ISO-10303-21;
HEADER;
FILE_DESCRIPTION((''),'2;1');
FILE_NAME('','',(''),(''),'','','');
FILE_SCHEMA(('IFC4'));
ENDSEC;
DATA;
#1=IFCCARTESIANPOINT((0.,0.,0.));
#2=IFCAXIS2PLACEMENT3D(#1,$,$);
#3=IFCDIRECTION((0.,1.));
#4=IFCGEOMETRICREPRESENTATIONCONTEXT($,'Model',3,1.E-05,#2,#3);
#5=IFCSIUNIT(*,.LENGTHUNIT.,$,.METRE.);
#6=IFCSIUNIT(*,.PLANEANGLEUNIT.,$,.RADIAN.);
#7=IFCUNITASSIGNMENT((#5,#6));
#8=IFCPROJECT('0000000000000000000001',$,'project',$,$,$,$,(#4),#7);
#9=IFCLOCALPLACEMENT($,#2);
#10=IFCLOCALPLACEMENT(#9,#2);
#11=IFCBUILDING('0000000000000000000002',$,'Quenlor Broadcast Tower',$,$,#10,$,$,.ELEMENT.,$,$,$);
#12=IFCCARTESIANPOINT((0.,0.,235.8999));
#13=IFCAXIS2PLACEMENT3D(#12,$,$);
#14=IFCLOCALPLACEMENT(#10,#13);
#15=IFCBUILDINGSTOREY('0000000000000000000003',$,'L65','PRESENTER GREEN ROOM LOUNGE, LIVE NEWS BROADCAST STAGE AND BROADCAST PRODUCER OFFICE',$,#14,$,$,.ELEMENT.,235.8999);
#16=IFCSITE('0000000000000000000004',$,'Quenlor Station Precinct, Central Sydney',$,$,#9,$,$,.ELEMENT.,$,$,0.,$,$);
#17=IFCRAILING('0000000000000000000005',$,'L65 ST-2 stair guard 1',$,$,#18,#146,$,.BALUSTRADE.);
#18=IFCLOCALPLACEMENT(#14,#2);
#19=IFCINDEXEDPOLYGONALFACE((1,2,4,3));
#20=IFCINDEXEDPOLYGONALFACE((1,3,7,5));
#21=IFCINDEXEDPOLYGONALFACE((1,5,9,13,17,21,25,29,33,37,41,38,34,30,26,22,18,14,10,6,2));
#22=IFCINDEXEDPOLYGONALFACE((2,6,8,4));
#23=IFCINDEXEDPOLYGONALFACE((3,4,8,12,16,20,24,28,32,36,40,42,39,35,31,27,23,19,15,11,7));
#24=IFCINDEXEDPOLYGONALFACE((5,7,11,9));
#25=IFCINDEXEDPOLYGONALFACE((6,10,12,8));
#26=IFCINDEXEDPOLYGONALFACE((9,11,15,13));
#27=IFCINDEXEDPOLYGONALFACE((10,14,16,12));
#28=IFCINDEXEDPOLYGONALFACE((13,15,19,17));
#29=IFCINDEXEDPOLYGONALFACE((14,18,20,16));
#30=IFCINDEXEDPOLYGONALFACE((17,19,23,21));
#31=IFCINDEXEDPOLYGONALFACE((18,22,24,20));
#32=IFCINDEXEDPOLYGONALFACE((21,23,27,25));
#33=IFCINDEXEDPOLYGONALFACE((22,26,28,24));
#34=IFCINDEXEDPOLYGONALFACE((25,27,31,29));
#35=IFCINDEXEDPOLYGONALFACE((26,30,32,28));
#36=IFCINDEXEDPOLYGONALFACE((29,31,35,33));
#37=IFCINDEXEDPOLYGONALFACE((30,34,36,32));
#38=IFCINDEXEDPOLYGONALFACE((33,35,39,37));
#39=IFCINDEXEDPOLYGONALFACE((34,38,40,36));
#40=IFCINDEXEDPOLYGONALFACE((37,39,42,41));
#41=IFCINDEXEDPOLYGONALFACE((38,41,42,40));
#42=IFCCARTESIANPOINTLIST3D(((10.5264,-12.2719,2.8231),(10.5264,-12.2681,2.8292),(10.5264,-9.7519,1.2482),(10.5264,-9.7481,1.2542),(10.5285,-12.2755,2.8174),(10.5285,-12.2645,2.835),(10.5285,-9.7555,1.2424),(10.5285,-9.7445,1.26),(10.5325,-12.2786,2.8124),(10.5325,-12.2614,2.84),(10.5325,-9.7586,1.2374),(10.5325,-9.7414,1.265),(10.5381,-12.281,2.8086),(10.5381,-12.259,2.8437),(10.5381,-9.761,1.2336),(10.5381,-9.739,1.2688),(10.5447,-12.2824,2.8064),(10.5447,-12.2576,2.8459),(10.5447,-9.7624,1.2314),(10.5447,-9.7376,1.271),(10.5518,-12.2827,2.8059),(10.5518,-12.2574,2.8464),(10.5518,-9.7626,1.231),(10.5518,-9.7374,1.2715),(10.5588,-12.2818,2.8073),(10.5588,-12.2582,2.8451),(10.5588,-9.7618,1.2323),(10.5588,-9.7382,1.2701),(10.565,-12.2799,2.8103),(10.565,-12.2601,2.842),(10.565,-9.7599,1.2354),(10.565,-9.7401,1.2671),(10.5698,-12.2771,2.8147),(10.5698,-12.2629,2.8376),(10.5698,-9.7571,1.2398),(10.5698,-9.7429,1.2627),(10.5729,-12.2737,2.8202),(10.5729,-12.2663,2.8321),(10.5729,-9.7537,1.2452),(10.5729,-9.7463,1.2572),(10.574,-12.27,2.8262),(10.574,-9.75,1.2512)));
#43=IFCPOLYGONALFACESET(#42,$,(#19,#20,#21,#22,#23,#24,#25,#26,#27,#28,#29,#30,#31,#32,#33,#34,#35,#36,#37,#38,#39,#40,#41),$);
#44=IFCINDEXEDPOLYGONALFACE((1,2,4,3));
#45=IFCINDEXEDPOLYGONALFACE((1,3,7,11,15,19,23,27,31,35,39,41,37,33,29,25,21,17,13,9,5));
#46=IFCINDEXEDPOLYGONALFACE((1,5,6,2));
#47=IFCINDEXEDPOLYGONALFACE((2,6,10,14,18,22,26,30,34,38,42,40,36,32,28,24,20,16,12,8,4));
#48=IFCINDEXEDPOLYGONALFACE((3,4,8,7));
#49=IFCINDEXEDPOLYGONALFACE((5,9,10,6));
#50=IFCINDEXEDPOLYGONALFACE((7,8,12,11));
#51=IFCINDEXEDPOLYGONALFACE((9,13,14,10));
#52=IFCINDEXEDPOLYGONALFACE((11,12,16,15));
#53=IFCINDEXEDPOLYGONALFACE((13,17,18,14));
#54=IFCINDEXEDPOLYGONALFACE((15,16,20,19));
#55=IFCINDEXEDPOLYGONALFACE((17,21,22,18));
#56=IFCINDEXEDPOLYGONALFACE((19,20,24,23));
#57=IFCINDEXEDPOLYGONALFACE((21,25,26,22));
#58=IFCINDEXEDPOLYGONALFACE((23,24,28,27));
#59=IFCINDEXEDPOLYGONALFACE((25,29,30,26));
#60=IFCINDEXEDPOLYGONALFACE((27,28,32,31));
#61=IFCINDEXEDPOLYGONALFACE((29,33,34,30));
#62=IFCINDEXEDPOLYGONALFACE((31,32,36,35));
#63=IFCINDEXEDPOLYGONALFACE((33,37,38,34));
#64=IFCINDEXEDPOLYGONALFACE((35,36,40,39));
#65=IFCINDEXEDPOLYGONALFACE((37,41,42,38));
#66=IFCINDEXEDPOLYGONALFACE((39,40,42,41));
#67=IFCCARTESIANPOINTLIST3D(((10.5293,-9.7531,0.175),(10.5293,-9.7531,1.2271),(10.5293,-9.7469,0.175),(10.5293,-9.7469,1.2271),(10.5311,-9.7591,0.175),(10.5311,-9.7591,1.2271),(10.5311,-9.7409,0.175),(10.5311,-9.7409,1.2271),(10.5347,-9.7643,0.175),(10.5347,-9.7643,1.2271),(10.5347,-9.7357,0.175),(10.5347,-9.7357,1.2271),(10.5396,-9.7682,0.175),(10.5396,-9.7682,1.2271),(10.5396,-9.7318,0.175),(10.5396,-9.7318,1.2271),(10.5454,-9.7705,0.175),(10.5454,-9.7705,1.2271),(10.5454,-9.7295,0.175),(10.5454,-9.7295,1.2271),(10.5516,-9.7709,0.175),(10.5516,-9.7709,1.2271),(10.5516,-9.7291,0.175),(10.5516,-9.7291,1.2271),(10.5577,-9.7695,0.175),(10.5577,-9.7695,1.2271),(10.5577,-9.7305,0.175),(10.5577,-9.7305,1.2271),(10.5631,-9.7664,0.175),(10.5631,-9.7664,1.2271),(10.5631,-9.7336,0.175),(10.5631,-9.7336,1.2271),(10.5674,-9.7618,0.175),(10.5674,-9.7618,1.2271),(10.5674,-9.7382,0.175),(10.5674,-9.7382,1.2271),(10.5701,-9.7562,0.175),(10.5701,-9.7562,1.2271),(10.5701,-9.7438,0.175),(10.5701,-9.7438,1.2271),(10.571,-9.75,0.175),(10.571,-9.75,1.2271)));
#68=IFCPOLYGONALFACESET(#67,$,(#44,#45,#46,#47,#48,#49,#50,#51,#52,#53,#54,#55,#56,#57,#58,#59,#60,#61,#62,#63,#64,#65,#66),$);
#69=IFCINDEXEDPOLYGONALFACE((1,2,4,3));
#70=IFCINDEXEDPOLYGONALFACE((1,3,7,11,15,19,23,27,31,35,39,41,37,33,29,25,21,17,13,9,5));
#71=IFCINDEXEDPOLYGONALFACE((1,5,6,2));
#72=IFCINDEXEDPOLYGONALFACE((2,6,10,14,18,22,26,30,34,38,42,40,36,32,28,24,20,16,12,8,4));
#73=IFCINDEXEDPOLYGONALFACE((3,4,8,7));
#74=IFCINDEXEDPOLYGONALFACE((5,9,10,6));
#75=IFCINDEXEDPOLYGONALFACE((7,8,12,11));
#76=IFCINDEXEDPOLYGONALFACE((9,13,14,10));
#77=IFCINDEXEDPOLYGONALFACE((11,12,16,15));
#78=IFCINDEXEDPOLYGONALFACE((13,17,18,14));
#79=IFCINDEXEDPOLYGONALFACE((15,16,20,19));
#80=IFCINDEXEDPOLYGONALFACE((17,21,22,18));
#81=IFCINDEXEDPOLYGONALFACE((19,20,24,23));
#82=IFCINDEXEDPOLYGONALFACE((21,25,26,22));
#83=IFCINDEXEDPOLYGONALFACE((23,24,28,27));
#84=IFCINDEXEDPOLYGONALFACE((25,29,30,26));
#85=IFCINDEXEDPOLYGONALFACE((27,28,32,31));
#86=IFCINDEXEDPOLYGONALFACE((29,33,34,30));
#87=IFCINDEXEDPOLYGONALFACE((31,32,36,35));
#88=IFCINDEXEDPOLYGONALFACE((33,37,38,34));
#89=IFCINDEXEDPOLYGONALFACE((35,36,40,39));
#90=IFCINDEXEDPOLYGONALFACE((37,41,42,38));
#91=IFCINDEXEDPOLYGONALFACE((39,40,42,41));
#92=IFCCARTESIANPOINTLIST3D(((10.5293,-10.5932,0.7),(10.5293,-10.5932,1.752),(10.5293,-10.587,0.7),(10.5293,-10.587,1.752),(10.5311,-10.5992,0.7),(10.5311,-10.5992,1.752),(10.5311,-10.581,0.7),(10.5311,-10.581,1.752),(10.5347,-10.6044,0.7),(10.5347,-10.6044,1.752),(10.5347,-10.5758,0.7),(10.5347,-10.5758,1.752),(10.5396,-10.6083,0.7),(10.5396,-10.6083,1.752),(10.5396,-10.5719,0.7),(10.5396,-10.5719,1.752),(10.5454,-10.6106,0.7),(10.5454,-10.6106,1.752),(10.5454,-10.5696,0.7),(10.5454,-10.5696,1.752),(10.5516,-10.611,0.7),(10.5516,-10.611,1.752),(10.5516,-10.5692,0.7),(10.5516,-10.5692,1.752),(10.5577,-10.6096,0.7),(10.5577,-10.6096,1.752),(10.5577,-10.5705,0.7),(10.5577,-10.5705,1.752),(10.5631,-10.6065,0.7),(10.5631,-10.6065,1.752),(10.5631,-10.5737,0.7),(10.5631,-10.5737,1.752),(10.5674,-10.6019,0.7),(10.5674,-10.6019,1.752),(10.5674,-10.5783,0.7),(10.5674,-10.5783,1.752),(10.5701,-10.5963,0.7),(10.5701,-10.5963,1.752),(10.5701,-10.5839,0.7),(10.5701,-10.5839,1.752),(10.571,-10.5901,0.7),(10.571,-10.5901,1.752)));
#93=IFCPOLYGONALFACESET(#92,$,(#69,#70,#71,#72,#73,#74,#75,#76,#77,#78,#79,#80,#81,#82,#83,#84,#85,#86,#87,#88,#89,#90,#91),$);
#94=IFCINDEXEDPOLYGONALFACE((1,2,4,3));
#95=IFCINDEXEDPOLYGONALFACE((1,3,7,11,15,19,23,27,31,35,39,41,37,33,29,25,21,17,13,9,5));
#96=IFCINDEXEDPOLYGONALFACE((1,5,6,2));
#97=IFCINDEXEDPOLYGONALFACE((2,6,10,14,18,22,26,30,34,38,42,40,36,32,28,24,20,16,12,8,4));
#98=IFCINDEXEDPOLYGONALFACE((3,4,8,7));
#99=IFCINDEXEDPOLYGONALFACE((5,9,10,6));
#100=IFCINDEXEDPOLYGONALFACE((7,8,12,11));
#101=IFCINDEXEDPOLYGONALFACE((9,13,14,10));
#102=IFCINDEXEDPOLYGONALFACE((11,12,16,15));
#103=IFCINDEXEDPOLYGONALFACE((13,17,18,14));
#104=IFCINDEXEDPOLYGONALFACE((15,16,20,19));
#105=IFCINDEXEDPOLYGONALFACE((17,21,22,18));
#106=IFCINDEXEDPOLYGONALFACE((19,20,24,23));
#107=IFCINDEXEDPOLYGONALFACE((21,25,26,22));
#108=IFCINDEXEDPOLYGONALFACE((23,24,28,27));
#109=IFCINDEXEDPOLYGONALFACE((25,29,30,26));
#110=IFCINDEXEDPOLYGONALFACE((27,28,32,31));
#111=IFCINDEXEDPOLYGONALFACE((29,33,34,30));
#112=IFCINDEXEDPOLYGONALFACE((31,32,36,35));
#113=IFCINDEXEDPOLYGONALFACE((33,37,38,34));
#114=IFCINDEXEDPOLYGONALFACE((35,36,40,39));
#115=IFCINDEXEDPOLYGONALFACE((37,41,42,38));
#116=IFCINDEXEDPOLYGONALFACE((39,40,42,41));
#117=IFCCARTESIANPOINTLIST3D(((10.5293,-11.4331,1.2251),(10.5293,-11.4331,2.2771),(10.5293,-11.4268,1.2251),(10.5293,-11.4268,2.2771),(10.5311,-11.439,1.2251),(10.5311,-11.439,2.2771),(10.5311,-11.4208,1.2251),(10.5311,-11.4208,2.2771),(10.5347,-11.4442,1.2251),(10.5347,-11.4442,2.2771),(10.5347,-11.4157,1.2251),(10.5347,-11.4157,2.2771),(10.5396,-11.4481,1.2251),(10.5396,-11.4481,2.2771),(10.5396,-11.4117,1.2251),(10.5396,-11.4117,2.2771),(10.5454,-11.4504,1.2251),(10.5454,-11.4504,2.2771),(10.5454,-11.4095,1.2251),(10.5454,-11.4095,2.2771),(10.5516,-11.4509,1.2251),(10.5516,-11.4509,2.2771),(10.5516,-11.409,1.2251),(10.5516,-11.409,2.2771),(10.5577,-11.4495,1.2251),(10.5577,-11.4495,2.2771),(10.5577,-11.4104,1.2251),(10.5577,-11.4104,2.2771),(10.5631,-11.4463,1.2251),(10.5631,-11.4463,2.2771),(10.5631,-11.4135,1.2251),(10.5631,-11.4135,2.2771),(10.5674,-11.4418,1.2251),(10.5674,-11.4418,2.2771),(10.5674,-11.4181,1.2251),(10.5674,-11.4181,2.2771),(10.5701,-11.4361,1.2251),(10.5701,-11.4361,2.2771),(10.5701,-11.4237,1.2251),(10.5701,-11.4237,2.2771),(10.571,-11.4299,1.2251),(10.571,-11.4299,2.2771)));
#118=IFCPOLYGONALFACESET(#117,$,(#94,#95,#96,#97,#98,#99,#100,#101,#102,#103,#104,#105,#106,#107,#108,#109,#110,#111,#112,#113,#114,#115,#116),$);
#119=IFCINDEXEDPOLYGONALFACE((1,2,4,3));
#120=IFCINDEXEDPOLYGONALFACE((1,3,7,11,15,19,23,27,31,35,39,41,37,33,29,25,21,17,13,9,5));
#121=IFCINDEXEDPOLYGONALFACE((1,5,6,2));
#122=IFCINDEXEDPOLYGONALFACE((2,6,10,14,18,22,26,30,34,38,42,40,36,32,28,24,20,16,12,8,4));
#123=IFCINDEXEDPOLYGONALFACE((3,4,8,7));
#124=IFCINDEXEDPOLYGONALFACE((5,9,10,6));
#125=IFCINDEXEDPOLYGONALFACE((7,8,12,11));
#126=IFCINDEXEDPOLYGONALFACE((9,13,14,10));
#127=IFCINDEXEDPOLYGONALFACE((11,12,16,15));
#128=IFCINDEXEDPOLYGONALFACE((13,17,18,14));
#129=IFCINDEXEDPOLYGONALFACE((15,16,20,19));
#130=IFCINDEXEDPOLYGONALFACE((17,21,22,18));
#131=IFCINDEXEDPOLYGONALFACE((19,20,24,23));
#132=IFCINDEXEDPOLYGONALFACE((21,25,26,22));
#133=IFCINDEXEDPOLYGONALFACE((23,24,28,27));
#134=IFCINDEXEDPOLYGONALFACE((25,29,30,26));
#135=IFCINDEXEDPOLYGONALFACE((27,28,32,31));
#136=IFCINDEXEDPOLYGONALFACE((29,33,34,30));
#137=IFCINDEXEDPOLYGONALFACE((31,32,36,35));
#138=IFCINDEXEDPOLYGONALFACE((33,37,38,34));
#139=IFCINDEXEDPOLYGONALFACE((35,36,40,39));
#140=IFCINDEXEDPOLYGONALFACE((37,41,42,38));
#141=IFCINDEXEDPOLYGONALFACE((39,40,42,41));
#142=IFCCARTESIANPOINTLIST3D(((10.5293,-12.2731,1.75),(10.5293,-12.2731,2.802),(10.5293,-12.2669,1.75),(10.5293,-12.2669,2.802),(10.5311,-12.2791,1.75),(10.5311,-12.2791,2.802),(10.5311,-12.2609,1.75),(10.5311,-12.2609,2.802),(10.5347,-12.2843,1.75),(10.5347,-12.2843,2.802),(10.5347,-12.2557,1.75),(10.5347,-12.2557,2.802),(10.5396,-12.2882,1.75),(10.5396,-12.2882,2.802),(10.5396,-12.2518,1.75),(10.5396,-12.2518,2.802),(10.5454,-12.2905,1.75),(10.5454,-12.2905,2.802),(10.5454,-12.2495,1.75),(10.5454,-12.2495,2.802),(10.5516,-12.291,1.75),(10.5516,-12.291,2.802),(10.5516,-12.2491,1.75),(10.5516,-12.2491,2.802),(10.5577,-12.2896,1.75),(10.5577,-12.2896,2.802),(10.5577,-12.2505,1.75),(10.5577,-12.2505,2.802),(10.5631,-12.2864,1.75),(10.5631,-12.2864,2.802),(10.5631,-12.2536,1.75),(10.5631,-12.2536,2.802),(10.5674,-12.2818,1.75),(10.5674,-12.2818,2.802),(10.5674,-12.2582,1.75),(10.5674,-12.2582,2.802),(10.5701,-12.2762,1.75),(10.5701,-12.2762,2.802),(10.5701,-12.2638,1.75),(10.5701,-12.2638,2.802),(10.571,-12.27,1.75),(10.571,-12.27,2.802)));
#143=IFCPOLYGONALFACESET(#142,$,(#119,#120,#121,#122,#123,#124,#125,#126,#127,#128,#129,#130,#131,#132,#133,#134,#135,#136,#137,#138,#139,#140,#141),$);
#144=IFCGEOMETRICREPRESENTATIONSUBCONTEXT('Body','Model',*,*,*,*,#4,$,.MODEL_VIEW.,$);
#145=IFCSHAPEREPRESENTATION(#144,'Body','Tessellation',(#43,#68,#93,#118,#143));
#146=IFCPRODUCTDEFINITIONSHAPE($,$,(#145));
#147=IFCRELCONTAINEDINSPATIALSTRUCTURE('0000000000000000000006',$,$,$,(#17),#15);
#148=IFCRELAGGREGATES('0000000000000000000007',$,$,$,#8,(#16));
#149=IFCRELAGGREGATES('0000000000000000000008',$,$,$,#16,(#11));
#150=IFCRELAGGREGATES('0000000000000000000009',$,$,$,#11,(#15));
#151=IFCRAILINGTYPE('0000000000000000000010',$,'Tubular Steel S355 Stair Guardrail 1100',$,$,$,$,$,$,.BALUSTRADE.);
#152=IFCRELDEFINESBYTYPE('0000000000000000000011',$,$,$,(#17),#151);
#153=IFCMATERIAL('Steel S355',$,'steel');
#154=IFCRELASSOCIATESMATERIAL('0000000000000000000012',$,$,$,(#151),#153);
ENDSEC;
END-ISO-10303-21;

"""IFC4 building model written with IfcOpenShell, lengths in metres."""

from ifc_helpers import new_model, si_unit, direction, frame, origin, origin_2d, place, context, subcontext, project, spatial, circle, extrude, material, type_object, element, save


model = new_model("IFC4")

# Units and contexts
model_context = context("Model", 3, precision=1e-05, world=origin(), true_north=direction((0.0, 1.0)))
body_context = subcontext(model_context, "Body", "Model", "MODEL_VIEW")
ifc_project = project(units=[si_unit("LENGTHUNIT", "METRE"), si_unit("PLANEANGLEUNIT", "RADIAN")], contexts=[model_context])

# Site, building, storey
site_placement = place(None, origin())
site = spatial("IfcSite", under=ifc_project, at=site_placement, Name="Quenlor Station Precinct, Central Sydney", CompositionType="ELEMENT", RefElevation=0.0)
building_placement = place(site_placement, origin())
building = spatial("IfcBuilding", under=site, at=building_placement, Name="Quenlor Broadcast Tower", CompositionType="ELEMENT")
storey_placement = place(building_placement, frame((0.0, 0.0, 235.8999)))
storey = spatial("IfcBuildingStorey", under=building, at=storey_placement, Name="L65", Description="PRESENTER GREEN ROOM LOUNGE, LIVE NEWS BROADCAST STAGE AND BROADCAST PRODUCER OFFICE", CompositionType="ELEMENT", Elevation=235.8999)

# Railing
ifc_material_1 = material(Name="Steel S355", Category="steel")
railing_type_1 = type_object("IfcRailingType", Name="Tubular Steel S355 Stair Guardrail 1100", PredefinedType="BALUSTRADE", material=ifc_material_1)
railing_1_placement = place(storey_placement, frame((10.55, -9.75, 0.175)))
element("IfcRailing", 1, at=railing_1_placement, inside=storey, type_object=railing_type_1, Name="L65 ST-2 stair guard 1", PredefinedType="BALUSTRADE", context=body_context, shape_type="SweptSolid", body=[
    extrude(circle(Radius=0.0239, at=origin_2d()), frame((0.0, 0.0, 1.0762), z_axis=(0.0, -0.848008, 0.529984), x_axis=(1.0, 0.0, 0.0)), (0.0, 0.0, 1.0), 2.9717),
    extrude(circle(Radius=0.021, at=origin_2d()), origin(), (0.0, 0.0, 1.0), 1.052),
    extrude(circle(Radius=0.021, at=origin_2d()), frame((0.0, -0.8401, 0.5249)), (0.0, 0.0, 1.0), 1.052),
    extrude(circle(Radius=0.021, at=origin_2d()), frame((0.0, -1.6799, 1.05)), (0.0, 0.0, 1.0), 1.052),
    extrude(circle(Radius=0.021, at=origin_2d()), frame((0.0, -2.52, 1.575)), (0.0, 0.0, 1.0), 1.052),
])

save(model, "model.ifc")
